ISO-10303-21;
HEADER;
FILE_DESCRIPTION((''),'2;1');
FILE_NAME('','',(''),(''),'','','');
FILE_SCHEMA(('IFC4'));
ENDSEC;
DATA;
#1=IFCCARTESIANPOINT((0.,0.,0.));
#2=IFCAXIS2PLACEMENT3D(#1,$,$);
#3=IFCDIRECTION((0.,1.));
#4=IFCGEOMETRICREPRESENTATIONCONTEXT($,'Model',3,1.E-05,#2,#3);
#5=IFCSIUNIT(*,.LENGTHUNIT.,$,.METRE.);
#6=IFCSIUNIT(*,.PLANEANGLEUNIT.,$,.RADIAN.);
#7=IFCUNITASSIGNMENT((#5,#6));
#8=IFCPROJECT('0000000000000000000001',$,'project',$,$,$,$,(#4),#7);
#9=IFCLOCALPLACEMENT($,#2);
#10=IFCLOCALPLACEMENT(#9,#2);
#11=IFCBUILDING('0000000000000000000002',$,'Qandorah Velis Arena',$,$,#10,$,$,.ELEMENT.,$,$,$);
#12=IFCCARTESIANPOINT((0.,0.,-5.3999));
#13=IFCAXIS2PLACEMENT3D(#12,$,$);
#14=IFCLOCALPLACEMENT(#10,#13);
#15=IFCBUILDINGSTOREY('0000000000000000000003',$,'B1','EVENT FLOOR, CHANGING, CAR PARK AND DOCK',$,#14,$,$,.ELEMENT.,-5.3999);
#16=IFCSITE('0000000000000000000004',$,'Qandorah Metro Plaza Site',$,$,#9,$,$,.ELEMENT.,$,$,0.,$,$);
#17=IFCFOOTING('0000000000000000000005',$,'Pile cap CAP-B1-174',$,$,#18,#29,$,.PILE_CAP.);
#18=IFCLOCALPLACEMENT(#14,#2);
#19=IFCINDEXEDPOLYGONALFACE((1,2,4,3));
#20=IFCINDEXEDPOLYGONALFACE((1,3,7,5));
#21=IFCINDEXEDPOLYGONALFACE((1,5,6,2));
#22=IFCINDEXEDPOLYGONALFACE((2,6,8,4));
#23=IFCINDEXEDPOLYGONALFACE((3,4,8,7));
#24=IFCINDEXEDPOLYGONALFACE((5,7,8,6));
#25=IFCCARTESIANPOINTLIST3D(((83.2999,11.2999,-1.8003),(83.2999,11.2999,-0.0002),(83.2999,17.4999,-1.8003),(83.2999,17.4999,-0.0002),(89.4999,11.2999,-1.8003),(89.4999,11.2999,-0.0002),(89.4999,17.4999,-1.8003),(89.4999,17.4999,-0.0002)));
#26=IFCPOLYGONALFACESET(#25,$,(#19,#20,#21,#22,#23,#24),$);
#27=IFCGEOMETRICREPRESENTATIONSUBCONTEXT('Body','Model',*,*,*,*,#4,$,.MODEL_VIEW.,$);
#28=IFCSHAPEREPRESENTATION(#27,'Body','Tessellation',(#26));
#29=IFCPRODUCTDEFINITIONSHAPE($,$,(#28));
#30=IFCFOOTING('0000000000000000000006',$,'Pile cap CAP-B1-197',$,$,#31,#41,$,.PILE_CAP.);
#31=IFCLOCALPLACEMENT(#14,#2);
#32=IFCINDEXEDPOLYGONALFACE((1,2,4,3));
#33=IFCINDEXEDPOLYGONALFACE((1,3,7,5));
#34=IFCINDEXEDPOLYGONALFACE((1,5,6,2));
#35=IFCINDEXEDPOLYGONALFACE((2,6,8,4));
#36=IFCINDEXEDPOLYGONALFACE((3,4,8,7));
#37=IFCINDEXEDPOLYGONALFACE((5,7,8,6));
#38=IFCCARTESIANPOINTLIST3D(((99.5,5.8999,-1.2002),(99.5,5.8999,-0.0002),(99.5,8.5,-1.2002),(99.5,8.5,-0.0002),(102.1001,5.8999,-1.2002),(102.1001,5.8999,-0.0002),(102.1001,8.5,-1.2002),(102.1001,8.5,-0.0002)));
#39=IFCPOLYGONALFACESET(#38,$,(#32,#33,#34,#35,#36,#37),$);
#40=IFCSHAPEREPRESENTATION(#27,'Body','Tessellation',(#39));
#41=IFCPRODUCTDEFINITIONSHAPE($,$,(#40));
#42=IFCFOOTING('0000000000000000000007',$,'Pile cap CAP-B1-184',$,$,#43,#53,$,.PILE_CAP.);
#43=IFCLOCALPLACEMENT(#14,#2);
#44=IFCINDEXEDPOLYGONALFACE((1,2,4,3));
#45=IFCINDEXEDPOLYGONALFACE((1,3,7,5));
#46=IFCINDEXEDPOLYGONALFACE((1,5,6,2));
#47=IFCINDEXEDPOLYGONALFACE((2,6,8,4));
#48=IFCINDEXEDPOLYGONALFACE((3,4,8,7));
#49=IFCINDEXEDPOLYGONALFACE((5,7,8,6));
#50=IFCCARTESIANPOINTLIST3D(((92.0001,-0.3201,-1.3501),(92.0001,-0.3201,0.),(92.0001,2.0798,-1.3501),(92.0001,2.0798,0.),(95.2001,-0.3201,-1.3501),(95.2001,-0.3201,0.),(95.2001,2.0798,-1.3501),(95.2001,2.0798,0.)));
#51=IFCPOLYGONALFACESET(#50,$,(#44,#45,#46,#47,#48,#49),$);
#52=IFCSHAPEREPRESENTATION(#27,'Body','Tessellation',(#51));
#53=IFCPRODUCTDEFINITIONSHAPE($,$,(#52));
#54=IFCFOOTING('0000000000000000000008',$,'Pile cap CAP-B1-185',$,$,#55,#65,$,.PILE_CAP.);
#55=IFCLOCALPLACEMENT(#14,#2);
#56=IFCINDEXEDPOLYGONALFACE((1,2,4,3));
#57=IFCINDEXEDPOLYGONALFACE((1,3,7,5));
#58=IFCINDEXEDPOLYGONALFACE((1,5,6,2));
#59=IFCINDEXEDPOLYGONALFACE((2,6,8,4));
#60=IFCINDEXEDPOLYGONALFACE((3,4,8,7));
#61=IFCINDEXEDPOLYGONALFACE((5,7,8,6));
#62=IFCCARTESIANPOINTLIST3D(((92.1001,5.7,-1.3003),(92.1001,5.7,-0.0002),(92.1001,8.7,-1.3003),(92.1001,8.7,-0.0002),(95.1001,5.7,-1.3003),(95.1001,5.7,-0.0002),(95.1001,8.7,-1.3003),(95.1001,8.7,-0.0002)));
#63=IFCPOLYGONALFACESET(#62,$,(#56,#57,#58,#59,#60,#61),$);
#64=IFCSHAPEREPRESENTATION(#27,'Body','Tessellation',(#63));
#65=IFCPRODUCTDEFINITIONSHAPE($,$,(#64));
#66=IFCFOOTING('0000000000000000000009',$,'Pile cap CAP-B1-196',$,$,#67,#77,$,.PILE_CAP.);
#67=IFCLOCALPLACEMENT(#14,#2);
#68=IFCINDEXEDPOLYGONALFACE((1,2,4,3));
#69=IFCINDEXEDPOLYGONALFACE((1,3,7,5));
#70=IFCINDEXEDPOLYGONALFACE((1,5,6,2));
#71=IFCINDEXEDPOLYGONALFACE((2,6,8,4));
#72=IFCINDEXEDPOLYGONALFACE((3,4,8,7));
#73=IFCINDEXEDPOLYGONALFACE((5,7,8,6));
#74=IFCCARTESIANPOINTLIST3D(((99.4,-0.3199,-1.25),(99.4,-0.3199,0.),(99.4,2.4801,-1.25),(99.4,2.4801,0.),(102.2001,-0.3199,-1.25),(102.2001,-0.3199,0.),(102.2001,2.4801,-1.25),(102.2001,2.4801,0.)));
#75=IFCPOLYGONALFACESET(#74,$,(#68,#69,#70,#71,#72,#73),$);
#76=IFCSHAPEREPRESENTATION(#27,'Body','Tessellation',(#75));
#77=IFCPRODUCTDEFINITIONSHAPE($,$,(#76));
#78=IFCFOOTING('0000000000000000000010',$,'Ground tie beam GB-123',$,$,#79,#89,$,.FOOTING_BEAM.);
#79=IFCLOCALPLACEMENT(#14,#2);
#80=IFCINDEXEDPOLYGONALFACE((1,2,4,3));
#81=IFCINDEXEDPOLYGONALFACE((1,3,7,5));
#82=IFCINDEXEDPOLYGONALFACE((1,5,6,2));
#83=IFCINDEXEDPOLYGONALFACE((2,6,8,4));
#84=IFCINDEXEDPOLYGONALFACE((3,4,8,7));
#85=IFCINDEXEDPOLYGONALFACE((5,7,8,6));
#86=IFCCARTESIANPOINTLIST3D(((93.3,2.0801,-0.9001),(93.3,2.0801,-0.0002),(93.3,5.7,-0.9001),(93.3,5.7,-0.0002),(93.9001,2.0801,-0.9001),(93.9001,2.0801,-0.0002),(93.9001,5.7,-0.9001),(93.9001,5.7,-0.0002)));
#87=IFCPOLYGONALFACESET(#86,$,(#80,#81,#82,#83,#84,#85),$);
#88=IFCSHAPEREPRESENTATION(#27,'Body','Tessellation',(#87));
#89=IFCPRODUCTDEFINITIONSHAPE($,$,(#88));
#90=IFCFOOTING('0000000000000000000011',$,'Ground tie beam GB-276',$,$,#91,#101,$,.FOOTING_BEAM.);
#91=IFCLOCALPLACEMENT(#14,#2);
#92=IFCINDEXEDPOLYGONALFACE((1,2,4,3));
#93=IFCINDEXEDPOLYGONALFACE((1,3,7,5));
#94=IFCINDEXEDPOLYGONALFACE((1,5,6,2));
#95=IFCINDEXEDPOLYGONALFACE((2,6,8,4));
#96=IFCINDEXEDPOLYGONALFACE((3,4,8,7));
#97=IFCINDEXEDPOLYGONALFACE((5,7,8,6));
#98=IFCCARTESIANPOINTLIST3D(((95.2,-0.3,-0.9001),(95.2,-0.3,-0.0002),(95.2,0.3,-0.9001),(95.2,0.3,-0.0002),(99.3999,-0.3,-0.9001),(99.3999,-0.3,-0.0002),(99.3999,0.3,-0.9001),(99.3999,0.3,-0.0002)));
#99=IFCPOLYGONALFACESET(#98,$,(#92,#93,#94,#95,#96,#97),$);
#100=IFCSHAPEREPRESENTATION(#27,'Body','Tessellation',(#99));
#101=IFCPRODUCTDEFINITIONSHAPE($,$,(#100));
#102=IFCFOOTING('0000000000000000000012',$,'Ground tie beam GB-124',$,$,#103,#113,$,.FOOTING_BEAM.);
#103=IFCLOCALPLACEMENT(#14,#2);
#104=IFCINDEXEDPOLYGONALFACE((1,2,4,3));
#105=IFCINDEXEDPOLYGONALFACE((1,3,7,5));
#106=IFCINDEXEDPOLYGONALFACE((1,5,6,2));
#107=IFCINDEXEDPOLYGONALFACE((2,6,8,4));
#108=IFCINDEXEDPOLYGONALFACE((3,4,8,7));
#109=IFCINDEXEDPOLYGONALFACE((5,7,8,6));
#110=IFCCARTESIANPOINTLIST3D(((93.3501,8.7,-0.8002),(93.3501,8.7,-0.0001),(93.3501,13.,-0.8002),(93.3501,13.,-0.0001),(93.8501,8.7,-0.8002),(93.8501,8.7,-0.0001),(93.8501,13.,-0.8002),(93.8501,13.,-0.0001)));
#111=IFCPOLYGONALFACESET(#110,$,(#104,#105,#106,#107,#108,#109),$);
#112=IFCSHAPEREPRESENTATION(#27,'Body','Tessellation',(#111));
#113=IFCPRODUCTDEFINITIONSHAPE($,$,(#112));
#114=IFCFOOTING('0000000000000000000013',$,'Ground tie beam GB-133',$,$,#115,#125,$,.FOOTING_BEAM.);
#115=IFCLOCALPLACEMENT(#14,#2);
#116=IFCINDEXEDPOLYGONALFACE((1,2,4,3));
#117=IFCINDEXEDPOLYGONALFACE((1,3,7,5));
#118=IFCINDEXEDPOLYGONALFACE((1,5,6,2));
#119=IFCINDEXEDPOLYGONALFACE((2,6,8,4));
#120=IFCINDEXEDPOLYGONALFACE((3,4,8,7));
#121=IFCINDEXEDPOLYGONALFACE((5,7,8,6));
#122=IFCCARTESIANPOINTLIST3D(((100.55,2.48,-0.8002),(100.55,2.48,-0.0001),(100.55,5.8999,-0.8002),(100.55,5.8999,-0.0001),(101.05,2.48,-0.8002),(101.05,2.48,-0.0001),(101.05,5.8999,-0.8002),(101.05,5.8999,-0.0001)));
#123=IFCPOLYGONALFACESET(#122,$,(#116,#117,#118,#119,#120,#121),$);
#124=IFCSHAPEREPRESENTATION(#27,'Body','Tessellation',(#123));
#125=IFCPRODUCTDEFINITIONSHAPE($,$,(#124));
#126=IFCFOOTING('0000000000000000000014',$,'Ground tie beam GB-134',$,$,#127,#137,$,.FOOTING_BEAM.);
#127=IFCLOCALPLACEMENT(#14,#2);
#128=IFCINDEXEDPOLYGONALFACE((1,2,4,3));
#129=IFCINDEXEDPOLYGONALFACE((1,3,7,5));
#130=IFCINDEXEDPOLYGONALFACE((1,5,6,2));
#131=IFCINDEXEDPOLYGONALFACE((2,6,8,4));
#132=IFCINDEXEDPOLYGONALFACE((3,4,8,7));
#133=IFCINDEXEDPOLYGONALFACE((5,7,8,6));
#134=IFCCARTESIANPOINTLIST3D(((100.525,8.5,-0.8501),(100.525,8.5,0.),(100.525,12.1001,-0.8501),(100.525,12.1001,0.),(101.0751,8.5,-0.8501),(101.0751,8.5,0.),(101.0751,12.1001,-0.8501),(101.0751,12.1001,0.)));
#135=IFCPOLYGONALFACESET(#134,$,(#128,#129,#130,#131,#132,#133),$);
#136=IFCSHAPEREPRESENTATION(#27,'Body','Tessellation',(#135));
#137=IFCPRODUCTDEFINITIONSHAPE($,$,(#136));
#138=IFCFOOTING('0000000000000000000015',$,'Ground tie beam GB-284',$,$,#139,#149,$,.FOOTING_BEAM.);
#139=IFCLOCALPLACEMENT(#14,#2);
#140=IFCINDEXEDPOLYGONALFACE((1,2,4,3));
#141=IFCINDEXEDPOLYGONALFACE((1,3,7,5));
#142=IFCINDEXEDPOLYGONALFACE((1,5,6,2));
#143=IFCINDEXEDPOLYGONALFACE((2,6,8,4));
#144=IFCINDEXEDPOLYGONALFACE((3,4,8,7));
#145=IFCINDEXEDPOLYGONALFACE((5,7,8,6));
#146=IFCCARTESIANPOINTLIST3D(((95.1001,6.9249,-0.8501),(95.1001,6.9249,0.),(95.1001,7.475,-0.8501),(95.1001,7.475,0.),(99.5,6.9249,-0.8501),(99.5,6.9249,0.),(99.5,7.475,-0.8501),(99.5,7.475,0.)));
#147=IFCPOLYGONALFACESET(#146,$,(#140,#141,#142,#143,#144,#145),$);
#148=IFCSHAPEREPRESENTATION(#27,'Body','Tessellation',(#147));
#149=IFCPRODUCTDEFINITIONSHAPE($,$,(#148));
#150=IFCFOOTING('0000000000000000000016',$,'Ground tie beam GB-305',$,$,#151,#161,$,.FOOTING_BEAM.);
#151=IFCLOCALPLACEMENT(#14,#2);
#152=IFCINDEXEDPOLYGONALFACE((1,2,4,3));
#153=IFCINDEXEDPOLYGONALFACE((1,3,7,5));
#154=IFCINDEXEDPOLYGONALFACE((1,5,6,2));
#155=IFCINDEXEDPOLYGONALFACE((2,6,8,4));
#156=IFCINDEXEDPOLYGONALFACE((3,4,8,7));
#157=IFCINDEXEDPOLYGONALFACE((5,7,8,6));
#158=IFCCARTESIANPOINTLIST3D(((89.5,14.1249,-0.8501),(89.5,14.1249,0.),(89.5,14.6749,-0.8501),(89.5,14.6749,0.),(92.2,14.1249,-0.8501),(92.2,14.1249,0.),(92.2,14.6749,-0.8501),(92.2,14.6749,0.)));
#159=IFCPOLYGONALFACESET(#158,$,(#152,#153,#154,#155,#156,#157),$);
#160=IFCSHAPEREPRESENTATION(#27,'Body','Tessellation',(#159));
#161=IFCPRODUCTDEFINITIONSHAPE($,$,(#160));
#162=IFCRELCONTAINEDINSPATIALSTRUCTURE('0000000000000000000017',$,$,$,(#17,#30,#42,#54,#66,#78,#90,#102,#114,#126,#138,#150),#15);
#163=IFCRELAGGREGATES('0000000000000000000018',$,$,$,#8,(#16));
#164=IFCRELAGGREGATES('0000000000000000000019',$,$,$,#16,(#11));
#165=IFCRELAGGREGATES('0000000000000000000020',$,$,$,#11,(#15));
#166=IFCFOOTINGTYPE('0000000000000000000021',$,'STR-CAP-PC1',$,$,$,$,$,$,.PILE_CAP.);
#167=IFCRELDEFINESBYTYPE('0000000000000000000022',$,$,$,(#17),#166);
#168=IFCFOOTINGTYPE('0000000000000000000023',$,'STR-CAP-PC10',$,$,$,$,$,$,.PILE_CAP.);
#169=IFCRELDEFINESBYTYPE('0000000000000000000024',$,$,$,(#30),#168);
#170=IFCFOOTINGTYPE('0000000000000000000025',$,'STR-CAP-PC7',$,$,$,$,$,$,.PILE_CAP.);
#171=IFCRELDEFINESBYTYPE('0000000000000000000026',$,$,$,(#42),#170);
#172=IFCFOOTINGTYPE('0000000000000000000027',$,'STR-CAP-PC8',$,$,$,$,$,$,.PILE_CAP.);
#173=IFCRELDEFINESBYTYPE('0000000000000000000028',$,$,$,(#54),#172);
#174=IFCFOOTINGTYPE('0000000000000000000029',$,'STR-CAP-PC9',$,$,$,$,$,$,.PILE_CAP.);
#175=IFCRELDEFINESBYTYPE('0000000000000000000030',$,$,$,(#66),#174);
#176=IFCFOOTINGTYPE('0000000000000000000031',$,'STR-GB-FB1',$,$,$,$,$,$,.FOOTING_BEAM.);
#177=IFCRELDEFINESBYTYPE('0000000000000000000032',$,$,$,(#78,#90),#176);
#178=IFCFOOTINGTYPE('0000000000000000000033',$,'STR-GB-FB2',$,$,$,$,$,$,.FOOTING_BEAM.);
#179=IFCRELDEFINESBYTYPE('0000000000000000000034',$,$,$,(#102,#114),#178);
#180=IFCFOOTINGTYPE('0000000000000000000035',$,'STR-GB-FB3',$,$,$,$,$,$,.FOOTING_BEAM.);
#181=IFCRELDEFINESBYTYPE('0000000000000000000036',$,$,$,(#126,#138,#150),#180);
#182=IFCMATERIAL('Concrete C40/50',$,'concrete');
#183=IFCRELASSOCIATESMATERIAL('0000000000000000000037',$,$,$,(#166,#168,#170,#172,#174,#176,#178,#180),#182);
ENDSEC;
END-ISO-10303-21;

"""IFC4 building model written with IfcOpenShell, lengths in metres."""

from ifc_helpers import new_model, si_unit, direction, frame, origin, origin_2d, place, context, subcontext, project, spatial, rectangle, extrude, material, material_profile, profile_set, type_object, element, save


model = new_model("IFC4")

# Units and contexts
model_context = context("Model", 3, precision=1e-05, world=origin(), true_north=direction((0.0, 1.0)))
body_context = subcontext(model_context, "Body", "Model", "MODEL_VIEW")
ifc_project = project(units=[si_unit("LENGTHUNIT", "METRE"), si_unit("PLANEANGLEUNIT", "RADIAN")], contexts=[model_context])

# Site, building, storey
site_placement = place(None, origin())
site = spatial("IfcSite", under=ifc_project, at=site_placement, Name="Qandorah Metro Plaza Site", CompositionType="ELEMENT", RefElevation=0.0)
building_placement = place(site_placement, origin())
building = spatial("IfcBuilding", under=site, at=building_placement, Name="Qandorah Velis Arena", CompositionType="ELEMENT")
storey_placement = place(building_placement, frame((0.0, 0.0, -5.3999)))
storey = spatial("IfcBuildingStorey", under=building, at=storey_placement, Name="B1", Description="EVENT FLOOR, CHANGING, CAR PARK AND DOCK", CompositionType="ELEMENT", Elevation=-5.3999)

# Footings
ifc_material_1 = material(Name="Concrete C40/50", Category="concrete")
footing_type_1 = type_object("IfcFootingType", Name="STR-CAP-PC1", PredefinedType="PILE_CAP", material=ifc_material_1)
footing_1_placement = place(storey_placement, frame((86.3999, 14.3999, -1.8003), z_axis=(0.0, 0.0, 1.0), x_axis=(1.0, 0.0, 0.0)))
element("IfcFooting", 1, at=footing_1_placement, inside=storey, type_object=footing_type_1, Name="Pile cap CAP-B1-174", PredefinedType="PILE_CAP", context=body_context, shape_type="SweptSolid", body=[
    extrude(rectangle(XDim=6.2, YDim=6.2, at=origin_2d()), origin(), (0.0, 0.0, 1.0), 1.8),
])
footing_type_2 = type_object("IfcFootingType", Name="STR-CAP-PC10", PredefinedType="PILE_CAP", material=ifc_material_1)
footing_2_placement = place(storey_placement, frame((100.8, 7.2, -1.2002), z_axis=(0.0, 0.0, 1.0), x_axis=(1.0, 0.0, 0.0)))
element("IfcFooting", 2, at=footing_2_placement, inside=storey, type_object=footing_type_2, Name="Pile cap CAP-B1-197", PredefinedType="PILE_CAP", context=body_context, shape_type="SweptSolid", body=[
    extrude(rectangle(XDim=2.6001, YDim=2.6001, at=origin_2d()), origin(), (0.0, 0.0, 1.0), 1.2),
])
footing_type_3 = type_object("IfcFootingType", Name="STR-CAP-PC7", PredefinedType="PILE_CAP", material=ifc_material_1)
footing_3_placement = place(storey_placement, frame((93.6001, 0.8799, -1.3501), z_axis=(0.0, 0.0, 1.0), x_axis=(1.0, 0.0, 0.0)))
element("IfcFooting", 3, at=footing_3_placement, inside=storey, type_object=footing_type_3, Name="Pile cap CAP-B1-184", PredefinedType="PILE_CAP", context=body_context, shape_type="SweptSolid", body=[
    extrude(rectangle(XDim=3.2, YDim=2.3999, at=origin_2d()), origin(), (0.0, 0.0, 1.0), 1.3501),
])
footing_type_4 = type_object("IfcFootingType", Name="STR-CAP-PC8", PredefinedType="PILE_CAP", material=ifc_material_1)
footing_4_placement = place(storey_placement, frame((93.6001, 7.2, -1.3003), z_axis=(0.0, 0.0, 1.0), x_axis=(1.0, 0.0, 0.0)))
element("IfcFooting", 4, at=footing_4_placement, inside=storey, type_object=footing_type_4, Name="Pile cap CAP-B1-185", PredefinedType="PILE_CAP", context=body_context, shape_type="SweptSolid", body=[
    extrude(rectangle(XDim=3.0, YDim=3.0, at=origin_2d()), origin(), (0.0, 0.0, 1.0), 1.3),
])
footing_type_5 = type_object("IfcFootingType", Name="STR-CAP-PC9", PredefinedType="PILE_CAP", material=ifc_material_1)
footing_5_placement = place(storey_placement, frame((100.8, 1.0801, -1.25), z_axis=(0.0, 0.0, 1.0), x_axis=(1.0, 0.0, 0.0)))
element("IfcFooting", 5, at=footing_5_placement, inside=storey, type_object=footing_type_5, Name="Pile cap CAP-B1-196", PredefinedType="PILE_CAP", context=body_context, shape_type="SweptSolid", body=[
    extrude(rectangle(XDim=2.8, YDim=2.8, at=origin_2d()), origin(), (0.0, 0.0, 1.0), 1.25),
])
ifc_material_profile_1 = material_profile(ifc_material_1, rectangle(XDim=0.6001, YDim=0.8999, at=origin_2d()), Name="GB1 600x900")
ifc_profile_set_1 = profile_set([ifc_material_profile_1], Name="Concrete C40/50")
footing_type_6 = type_object("IfcFootingType", Name="STR-GB-FB1", PredefinedType="FOOTING_BEAM", material=ifc_profile_set_1)
footing_6_placement = place(storey_placement, frame((93.6001, 2.0801, -0.4502), z_axis=(0.0, 1.0, 0.0), x_axis=(-1.0, 0.0, 0.0)))
element("IfcFooting", 6, at=footing_6_placement, inside=storey, type_object=footing_type_6, Name="Ground tie beam GB-123", PredefinedType="FOOTING_BEAM", context=body_context, shape_type="SweptSolid", body=[
    extrude(rectangle(XDim=0.6001, YDim=0.8999, at=origin_2d()), origin(), (0.0, 0.0, 1.0), 3.6199),
])
footing_7_placement = place(storey_placement, frame((95.2, 0.0, -0.4502), z_axis=(1.0, 0.0, 0.0), x_axis=(0.0, 1.0, 0.0)))
element("IfcFooting", 7, at=footing_7_placement, inside=storey, type_object=footing_type_6, Name="Ground tie beam GB-276", PredefinedType="FOOTING_BEAM", context=body_context, shape_type="SweptSolid", body=[
    extrude(rectangle(XDim=0.6001, YDim=0.8999, at=origin_2d()), origin(), (0.0, 0.0, 1.0), 4.2),
])
ifc_material_profile_2 = material_profile(ifc_material_1, rectangle(XDim=0.5, YDim=0.8, at=origin_2d()), Name="GB2 500x800")
ifc_profile_set_2 = profile_set([ifc_material_profile_2], Name="Concrete C40/50")
footing_type_7 = type_object("IfcFootingType", Name="STR-GB-FB2", PredefinedType="FOOTING_BEAM", material=ifc_profile_set_2)
footing_8_placement = place(storey_placement, frame((93.6001, 8.7, -0.4001), z_axis=(0.0, 1.0, 0.0), x_axis=(-1.0, 0.0, 0.0)))
element("IfcFooting", 8, at=footing_8_placement, inside=storey, type_object=footing_type_7, Name="Ground tie beam GB-124", PredefinedType="FOOTING_BEAM", context=body_context, shape_type="SweptSolid", body=[
    extrude(rectangle(XDim=0.5, YDim=0.8, at=origin_2d()), origin(), (0.0, 0.0, 1.0), 4.3),
])
footing_9_placement = place(storey_placement, frame((100.8, 2.48, -0.4001), z_axis=(0.0, 1.0, 0.0), x_axis=(-1.0, 0.0, 0.0)))
element("IfcFooting", 9, at=footing_9_placement, inside=storey, type_object=footing_type_7, Name="Ground tie beam GB-133", PredefinedType="FOOTING_BEAM", context=body_context, shape_type="SweptSolid", body=[
    extrude(rectangle(XDim=0.5, YDim=0.8, at=origin_2d()), origin(), (0.0, 0.0, 1.0), 3.4199),
])
ifc_material_profile_3 = material_profile(ifc_material_1, rectangle(XDim=0.55, YDim=0.8501, at=origin_2d()), Name="GB3 550x850")
ifc_profile_set_3 = profile_set([ifc_material_profile_3], Name="Concrete C40/50")
footing_type_8 = type_object("IfcFootingType", Name="STR-GB-FB3", PredefinedType="FOOTING_BEAM", material=ifc_profile_set_3)
footing_10_placement = place(storey_placement, frame((100.8, 8.5, -0.425), z_axis=(0.0, 1.0, 0.0), x_axis=(-1.0, 0.0, 0.0)))
element("IfcFooting", 10, at=footing_10_placement, inside=storey, type_object=footing_type_8, Name="Ground tie beam GB-134", PredefinedType="FOOTING_BEAM", context=body_context, shape_type="SweptSolid", body=[
    extrude(rectangle(XDim=0.55, YDim=0.8501, at=origin_2d()), origin(), (0.0, 0.0, 1.0), 3.6001),
])
footing_11_placement = place(storey_placement, frame((95.1001, 7.2, -0.425), z_axis=(1.0, 0.0, 0.0), x_axis=(0.0, 1.0, 0.0)))
element("IfcFooting", 11, at=footing_11_placement, inside=storey, type_object=footing_type_8, Name="Ground tie beam GB-284", PredefinedType="FOOTING_BEAM", context=body_context, shape_type="SweptSolid", body=[
    extrude(rectangle(XDim=0.55, YDim=0.8501, at=origin_2d()), origin(), (0.0, 0.0, 1.0), 4.3999),
])
footing_12_placement = place(storey_placement, frame((89.5, 14.3999, -0.425), z_axis=(1.0, 0.0, 0.0), x_axis=(0.0, 1.0, 0.0)))
element("IfcFooting", 12, at=footing_12_placement, inside=storey, type_object=footing_type_8, Name="Ground tie beam GB-305", PredefinedType="FOOTING_BEAM", context=body_context, shape_type="SweptSolid", body=[
    extrude(rectangle(XDim=0.55, YDim=0.8501, at=origin_2d()), origin(), (0.0, 0.0, 1.0), 2.7),
])

save(model, "model.ifc")
